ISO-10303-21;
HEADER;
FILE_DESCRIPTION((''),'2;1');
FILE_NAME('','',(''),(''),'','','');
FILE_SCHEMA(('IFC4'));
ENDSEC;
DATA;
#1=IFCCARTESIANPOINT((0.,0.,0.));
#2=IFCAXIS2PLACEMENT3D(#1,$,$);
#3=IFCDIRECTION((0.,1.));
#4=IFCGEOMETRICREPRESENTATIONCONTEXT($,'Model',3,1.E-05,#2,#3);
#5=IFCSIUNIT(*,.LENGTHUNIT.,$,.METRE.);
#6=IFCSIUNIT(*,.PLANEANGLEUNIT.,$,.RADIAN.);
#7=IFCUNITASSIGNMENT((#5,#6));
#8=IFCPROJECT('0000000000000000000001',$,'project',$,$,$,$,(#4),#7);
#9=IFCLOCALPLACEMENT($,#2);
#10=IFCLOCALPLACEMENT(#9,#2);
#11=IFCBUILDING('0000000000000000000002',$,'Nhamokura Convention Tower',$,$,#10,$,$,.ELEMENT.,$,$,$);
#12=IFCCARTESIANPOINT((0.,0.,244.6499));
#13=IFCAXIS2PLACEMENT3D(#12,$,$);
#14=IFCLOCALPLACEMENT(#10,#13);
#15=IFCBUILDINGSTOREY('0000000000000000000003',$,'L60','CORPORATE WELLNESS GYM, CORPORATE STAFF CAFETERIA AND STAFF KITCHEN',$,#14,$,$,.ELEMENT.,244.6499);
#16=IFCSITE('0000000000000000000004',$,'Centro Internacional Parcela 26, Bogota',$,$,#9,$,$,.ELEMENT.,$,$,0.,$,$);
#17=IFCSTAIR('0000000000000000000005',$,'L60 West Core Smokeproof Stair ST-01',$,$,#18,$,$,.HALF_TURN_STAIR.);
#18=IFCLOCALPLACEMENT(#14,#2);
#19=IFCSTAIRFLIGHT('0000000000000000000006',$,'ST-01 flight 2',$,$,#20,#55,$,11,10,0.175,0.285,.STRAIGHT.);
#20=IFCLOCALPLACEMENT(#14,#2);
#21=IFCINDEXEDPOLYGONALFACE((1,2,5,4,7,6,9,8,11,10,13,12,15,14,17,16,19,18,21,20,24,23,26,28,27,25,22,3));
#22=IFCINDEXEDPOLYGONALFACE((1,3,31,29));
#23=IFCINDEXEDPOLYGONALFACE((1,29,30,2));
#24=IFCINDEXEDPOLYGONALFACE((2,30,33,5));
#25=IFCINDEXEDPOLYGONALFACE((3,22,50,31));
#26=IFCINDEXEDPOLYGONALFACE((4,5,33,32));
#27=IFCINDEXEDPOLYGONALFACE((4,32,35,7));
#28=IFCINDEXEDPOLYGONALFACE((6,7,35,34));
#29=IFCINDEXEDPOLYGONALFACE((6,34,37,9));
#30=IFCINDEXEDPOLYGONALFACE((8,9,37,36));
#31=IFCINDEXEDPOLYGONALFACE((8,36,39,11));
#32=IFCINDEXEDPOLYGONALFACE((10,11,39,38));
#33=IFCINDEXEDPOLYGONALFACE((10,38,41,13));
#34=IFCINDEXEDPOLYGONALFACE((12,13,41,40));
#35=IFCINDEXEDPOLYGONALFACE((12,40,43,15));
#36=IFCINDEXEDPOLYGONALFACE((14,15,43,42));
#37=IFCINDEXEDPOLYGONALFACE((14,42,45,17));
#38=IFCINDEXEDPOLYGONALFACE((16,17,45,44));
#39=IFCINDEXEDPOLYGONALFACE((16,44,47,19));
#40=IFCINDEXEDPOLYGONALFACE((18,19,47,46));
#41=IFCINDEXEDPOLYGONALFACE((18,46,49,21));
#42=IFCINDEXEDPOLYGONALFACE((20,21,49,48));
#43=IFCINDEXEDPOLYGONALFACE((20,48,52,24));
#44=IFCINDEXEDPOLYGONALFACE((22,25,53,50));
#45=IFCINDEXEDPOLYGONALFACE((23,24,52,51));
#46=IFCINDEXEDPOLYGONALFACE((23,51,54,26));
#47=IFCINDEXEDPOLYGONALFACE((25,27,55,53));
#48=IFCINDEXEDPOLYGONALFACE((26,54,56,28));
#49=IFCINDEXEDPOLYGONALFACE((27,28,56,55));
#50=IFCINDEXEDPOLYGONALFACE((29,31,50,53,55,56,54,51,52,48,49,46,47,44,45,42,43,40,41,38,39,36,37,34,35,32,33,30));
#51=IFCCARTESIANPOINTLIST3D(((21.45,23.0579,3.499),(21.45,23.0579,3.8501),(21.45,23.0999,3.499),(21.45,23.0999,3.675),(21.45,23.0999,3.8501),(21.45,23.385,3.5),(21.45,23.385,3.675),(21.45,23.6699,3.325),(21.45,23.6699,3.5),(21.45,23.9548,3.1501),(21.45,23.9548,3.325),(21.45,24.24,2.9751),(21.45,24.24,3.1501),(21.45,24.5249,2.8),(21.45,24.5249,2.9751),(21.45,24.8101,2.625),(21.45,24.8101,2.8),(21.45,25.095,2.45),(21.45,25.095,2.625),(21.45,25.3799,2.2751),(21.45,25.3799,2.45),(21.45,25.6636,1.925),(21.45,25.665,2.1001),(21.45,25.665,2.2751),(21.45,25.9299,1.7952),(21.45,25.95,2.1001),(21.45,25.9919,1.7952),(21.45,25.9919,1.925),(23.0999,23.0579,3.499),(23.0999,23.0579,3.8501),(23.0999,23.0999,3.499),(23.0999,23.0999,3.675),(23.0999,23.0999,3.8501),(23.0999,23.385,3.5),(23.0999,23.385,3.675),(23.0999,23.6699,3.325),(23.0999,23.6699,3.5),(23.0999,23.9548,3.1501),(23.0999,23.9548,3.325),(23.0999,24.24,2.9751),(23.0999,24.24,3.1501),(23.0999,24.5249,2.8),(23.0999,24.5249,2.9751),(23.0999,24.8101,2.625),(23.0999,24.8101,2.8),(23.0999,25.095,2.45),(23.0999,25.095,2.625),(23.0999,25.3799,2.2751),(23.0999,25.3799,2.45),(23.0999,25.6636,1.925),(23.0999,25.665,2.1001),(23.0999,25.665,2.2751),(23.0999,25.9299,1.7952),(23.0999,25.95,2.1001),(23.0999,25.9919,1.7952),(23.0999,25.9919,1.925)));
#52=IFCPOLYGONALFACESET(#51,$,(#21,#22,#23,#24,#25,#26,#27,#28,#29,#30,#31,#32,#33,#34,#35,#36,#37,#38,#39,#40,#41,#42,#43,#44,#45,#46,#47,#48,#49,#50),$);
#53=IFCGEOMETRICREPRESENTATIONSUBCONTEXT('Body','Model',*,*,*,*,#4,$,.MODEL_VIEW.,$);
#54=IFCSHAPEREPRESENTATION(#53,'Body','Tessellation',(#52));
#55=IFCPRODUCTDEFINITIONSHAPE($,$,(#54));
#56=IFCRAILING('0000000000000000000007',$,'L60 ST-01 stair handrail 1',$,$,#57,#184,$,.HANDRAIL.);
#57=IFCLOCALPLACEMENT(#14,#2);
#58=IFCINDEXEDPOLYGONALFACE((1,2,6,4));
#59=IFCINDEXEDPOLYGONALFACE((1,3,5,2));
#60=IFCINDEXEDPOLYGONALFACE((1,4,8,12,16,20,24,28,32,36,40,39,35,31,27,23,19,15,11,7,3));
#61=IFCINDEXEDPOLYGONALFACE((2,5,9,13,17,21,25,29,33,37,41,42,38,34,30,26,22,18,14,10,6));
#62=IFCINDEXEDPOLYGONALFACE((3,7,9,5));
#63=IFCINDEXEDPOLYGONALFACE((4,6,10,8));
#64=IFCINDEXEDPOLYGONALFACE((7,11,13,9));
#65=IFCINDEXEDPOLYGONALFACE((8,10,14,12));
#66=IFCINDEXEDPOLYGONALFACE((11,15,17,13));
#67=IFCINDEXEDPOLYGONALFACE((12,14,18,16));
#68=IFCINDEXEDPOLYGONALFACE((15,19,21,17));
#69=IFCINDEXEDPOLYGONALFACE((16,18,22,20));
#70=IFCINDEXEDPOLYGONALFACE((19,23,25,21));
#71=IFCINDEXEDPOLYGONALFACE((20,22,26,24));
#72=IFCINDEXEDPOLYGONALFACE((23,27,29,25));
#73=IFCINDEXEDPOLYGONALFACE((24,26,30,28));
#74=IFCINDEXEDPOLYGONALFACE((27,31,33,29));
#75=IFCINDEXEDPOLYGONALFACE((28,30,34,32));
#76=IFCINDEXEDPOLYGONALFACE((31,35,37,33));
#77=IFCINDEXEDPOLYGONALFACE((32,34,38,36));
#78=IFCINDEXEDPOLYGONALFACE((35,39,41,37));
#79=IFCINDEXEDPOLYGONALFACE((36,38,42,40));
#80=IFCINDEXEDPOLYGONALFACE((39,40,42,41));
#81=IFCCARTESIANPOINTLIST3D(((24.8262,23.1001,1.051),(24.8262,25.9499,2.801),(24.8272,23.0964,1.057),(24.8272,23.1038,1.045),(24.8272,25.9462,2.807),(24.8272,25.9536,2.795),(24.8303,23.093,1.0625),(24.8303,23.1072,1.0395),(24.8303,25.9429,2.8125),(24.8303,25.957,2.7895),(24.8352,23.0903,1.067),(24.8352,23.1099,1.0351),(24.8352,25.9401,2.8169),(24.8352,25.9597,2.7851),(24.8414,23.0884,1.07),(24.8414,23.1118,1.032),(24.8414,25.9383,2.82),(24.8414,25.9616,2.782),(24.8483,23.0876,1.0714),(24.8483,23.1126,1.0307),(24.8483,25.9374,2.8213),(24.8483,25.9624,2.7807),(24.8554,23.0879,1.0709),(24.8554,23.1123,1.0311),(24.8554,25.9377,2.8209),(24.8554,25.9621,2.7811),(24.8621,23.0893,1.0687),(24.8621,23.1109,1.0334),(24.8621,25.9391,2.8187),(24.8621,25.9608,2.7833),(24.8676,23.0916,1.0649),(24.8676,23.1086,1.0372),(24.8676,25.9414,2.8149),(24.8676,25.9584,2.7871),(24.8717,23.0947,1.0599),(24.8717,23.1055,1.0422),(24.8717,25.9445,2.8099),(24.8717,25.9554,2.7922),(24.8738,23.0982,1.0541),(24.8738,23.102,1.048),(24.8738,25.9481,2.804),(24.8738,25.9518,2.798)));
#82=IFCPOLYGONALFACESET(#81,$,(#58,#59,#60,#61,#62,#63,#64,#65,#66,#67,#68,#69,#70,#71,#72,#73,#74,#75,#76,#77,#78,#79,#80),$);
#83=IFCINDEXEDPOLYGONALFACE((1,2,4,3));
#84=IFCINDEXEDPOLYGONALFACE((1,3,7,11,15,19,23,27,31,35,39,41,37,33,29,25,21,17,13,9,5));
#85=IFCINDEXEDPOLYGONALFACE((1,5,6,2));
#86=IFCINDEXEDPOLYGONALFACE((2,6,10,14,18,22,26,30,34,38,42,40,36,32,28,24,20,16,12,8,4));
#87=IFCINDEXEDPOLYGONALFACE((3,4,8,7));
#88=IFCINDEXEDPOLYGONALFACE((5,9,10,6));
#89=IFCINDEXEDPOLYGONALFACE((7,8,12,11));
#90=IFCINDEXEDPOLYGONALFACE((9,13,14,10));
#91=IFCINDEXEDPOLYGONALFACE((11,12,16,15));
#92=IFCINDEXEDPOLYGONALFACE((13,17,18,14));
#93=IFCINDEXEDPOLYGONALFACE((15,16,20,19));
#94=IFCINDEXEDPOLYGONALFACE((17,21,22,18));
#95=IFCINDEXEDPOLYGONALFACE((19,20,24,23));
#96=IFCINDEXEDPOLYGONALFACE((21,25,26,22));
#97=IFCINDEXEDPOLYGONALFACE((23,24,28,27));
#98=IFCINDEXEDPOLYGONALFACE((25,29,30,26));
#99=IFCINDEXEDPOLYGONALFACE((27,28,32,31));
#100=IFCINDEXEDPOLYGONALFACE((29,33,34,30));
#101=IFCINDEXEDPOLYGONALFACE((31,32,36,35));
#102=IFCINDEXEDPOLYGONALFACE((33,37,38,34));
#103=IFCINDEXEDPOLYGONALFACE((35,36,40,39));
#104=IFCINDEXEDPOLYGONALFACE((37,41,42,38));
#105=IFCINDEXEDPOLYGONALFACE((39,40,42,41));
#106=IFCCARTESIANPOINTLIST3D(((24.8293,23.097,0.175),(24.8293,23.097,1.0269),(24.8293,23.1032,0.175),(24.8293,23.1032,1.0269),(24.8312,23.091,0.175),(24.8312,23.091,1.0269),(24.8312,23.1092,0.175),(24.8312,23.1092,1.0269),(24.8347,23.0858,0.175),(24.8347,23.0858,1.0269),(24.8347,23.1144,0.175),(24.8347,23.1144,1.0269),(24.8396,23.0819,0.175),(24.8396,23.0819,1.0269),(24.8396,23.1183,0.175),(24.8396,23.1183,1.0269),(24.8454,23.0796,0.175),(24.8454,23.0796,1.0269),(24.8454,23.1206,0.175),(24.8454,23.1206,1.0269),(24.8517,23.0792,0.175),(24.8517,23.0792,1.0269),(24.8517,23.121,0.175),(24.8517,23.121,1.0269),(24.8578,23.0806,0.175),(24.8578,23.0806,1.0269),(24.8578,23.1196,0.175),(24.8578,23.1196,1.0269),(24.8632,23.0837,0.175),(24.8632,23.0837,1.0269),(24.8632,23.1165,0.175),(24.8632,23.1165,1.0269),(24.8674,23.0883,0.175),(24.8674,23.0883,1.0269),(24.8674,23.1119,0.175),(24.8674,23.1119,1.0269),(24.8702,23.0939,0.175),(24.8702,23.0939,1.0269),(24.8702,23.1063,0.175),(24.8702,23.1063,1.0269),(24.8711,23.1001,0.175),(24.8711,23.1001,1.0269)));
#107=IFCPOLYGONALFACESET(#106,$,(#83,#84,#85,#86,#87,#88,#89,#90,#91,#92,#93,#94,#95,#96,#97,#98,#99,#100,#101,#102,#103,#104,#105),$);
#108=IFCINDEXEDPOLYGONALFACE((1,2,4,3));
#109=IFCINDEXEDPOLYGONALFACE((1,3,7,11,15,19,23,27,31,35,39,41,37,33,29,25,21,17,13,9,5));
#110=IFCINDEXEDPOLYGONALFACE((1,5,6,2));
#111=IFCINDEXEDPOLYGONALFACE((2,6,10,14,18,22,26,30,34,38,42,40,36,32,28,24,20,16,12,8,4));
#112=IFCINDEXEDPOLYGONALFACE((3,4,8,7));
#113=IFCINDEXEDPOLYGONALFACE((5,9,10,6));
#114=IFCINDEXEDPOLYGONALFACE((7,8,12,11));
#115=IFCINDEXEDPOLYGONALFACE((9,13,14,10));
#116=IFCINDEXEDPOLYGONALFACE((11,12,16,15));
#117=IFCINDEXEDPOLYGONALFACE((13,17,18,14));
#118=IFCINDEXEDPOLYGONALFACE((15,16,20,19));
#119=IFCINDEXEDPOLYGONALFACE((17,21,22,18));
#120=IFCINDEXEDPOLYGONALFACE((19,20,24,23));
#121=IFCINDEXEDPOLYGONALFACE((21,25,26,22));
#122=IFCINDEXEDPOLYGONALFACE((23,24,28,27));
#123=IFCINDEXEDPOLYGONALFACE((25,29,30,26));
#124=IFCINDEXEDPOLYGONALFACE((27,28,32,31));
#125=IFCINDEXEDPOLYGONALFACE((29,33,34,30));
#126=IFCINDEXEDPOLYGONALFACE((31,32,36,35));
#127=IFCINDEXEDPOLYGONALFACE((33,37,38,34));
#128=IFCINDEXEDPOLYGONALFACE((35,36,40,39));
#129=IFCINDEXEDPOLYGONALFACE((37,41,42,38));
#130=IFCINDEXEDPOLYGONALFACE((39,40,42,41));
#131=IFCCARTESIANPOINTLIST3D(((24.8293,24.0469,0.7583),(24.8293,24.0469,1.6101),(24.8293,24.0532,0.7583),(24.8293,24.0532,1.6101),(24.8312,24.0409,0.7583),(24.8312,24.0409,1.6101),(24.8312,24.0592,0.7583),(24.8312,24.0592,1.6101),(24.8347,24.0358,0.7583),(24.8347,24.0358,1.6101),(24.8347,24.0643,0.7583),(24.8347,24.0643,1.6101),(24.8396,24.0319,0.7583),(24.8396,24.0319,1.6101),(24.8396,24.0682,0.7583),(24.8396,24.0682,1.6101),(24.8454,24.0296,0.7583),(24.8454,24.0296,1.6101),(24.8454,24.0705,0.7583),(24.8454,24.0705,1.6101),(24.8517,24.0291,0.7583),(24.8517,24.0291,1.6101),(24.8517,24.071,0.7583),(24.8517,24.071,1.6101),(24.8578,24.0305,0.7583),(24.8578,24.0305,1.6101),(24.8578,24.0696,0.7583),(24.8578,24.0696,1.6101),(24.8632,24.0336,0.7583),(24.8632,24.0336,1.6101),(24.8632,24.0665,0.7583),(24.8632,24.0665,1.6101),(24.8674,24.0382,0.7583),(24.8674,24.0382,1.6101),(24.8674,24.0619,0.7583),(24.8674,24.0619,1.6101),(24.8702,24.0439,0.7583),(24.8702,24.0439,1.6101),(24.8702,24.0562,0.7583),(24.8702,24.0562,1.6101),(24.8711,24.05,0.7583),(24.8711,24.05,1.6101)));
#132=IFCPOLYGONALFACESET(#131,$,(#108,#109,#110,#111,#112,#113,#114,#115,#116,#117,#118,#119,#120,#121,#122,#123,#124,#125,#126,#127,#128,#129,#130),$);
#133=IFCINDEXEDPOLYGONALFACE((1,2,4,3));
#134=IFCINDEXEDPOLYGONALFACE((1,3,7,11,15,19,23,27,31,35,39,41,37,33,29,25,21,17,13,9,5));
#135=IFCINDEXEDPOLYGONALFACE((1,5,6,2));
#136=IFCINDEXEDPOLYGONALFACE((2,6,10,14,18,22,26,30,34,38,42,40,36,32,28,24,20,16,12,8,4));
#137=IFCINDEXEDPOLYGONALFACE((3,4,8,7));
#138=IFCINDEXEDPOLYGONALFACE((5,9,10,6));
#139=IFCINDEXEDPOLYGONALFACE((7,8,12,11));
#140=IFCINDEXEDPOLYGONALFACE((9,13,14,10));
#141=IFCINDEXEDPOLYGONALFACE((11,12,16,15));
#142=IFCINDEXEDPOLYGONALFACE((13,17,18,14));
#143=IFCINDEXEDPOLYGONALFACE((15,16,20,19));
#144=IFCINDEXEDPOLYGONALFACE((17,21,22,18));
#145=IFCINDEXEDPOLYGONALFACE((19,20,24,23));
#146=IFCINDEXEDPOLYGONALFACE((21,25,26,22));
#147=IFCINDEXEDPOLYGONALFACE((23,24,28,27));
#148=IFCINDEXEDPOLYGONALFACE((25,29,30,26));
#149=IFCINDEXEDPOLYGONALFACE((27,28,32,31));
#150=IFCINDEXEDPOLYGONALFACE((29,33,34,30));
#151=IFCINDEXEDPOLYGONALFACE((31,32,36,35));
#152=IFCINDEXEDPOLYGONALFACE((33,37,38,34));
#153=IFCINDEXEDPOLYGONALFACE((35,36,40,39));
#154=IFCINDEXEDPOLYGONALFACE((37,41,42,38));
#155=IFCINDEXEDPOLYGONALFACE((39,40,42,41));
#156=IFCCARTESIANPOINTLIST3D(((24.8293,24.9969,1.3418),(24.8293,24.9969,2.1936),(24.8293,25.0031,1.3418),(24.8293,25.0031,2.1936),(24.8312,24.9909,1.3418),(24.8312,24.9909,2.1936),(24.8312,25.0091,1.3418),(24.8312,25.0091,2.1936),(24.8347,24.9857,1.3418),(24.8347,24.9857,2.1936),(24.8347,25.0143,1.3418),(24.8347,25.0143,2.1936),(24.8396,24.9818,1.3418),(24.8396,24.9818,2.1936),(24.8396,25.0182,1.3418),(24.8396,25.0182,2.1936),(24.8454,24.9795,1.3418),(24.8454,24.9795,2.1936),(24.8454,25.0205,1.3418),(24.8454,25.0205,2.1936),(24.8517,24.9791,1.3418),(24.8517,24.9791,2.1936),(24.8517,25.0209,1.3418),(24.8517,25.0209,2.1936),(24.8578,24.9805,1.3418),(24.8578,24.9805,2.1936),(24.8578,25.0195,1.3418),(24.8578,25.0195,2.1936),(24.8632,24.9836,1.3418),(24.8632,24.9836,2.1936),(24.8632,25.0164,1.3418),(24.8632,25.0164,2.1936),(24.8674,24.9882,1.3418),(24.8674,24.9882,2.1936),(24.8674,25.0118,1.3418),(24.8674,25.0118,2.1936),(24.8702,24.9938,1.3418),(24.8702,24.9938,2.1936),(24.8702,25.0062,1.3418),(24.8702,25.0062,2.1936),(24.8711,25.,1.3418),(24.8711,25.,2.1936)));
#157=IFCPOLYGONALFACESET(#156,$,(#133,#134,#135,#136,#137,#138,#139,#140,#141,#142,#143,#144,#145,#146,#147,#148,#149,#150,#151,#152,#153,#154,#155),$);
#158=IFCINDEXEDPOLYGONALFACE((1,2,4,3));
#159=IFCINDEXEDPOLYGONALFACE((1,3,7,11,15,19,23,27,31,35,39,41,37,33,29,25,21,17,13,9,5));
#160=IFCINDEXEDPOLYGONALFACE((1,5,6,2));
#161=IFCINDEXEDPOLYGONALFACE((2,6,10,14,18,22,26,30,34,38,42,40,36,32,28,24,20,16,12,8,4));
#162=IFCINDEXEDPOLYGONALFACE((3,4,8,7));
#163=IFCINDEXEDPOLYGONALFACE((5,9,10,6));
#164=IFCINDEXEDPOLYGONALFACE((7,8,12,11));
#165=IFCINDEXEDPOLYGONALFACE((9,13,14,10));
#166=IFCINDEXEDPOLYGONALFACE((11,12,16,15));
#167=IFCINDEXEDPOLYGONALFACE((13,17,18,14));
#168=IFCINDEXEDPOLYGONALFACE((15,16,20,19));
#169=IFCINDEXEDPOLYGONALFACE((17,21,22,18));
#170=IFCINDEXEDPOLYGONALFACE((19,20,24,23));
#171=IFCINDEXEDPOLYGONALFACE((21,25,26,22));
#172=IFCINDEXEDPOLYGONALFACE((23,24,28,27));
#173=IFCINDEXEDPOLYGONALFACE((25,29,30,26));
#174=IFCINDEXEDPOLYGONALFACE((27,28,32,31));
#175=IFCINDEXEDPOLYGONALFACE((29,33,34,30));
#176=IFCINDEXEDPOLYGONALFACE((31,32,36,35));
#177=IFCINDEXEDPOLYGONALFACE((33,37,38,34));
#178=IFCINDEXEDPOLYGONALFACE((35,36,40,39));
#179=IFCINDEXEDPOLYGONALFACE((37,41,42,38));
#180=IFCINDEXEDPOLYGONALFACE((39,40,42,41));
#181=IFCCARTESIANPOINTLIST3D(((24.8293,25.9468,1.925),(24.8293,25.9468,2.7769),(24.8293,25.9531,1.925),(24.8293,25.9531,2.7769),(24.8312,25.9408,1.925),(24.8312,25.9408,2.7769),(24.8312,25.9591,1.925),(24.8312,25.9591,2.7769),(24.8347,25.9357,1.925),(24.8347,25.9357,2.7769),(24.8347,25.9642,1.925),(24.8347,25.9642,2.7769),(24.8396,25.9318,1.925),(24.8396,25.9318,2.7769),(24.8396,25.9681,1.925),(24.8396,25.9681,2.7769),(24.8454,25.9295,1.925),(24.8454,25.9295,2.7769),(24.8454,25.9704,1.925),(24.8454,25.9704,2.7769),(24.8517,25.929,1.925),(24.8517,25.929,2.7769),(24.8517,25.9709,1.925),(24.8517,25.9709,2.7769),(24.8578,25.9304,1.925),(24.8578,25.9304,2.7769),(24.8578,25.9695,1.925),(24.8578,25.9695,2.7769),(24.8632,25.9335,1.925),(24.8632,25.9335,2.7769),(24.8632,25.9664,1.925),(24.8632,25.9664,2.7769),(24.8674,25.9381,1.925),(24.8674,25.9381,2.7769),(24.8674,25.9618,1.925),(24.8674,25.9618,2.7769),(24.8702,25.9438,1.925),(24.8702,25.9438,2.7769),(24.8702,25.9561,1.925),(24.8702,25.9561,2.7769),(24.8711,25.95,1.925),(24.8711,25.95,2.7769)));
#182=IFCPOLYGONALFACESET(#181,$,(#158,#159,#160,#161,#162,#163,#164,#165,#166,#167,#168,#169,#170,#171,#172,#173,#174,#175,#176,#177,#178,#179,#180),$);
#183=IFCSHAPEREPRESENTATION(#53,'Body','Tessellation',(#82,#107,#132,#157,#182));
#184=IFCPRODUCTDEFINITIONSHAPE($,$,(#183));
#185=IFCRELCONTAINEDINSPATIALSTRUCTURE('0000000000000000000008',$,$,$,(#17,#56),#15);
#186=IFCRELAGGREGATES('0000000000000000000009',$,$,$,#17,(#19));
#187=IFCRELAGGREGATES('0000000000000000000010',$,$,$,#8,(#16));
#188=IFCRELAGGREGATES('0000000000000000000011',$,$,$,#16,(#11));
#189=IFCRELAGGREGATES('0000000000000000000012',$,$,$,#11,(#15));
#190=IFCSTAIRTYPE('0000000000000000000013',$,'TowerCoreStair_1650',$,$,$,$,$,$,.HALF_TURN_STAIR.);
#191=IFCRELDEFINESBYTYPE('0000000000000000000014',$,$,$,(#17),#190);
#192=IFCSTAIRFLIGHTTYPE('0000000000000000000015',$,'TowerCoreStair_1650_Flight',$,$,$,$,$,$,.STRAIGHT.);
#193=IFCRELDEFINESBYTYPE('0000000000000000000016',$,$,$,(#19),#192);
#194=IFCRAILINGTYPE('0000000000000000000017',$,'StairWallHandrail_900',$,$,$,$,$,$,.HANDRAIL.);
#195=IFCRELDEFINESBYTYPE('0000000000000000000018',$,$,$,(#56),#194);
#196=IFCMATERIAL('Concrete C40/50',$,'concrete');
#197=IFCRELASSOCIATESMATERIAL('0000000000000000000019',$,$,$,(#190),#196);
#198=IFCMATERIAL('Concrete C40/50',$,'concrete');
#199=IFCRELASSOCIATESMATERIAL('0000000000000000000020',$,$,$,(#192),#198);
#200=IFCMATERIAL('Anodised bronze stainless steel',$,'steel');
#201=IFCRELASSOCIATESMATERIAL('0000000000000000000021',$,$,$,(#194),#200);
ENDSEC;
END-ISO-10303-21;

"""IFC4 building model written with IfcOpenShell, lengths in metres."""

from ifc_helpers import new_model, si_unit, direction, frame, origin, origin_2d, place, context, subcontext, project, spatial, polyline, circle, outline, extrude, material, type_object, element, aggregate, save


model = new_model("IFC4")

# Units and contexts
model_context = context("Model", 3, precision=1e-05, world=origin(), true_north=direction((0.0, 1.0)))
body_context = subcontext(model_context, "Body", "Model", "MODEL_VIEW")
ifc_project = project(units=[si_unit("LENGTHUNIT", "METRE"), si_unit("PLANEANGLEUNIT", "RADIAN")], contexts=[model_context])

# Site, building, storey
site_placement = place(None, origin())
site = spatial("IfcSite", under=ifc_project, at=site_placement, Name="Centro Internacional Parcela 26, Bogota", CompositionType="ELEMENT", RefElevation=0.0)
building_placement = place(site_placement, origin())
building = spatial("IfcBuilding", under=site, at=building_placement, Name="Nhamokura Convention Tower", CompositionType="ELEMENT")
storey_placement = place(building_placement, frame((0.0, 0.0, 244.6499)))
storey = spatial("IfcBuildingStorey", under=building, at=storey_placement, Name="L60", Description="CORPORATE WELLNESS GYM, CORPORATE STAFF CAFETERIA AND STAFF KITCHEN", CompositionType="ELEMENT", Elevation=244.6499)

# Stair, stair flight
ifc_material_1 = material(Name="Concrete C40/50", Category="concrete")
stair_type = type_object("IfcStairType", Name="TowerCoreStair_1650", PredefinedType="HALF_TURN_STAIR", material=ifc_material_1)
stair_placement = place(storey_placement, origin())
stair = element("IfcStair", 1, at=stair_placement, inside=storey, type_object=stair_type, Name="L60 West Core Smokeproof Stair ST-01", PredefinedType="HALF_TURN_STAIR")
ifc_material_2 = material(Name="Concrete C40/50", Category="concrete")
stair_flight_type = type_object("IfcStairFlightType", Name="TowerCoreStair_1650_Flight", PredefinedType="STRAIGHT", material=ifc_material_2)
stair_flight_1_placement = place(storey_placement, frame((22.2749, 25.95, 1.925), z_axis=(0.0, 0.0, 1.0), x_axis=(0.0, -1.0, 0.0)))
stair_flight_1 = element("IfcStairFlight", 2, at=stair_flight_1_placement, type_object=stair_flight_type, Name="ST-01 flight 2", NumberOfRisers=11, NumberOfTreads=10, PredefinedType="STRAIGHT", RiserHeight=0.175, TreadLength=0.285, context=body_context, shape_type="SweptSolid", body=[
    extrude(outline(polyline([(-0.042, 0.0), (0.0, 0.175), (0.2849, 0.175), (0.2849, 0.3501), (0.5701, 0.3501), (0.5701, 0.5249), (0.855, 0.5249), (0.855, 0.7), (1.1399, 0.7), (1.1399, 0.875), (1.425, 0.875), (1.425, 1.05), (1.71, 1.05), (1.71, 1.2251), (1.9951, 1.2251), (1.9951, 1.3999), (2.28, 1.3999), (2.28, 1.575), (2.5649, 1.575), (2.5649, 1.75), (2.8501, 1.75), (2.8501, 1.925), (2.8921, 1.925), (2.8921, 1.574), (2.8501, 1.574), (0.2864, 0.0), (0.02, -0.1299), (-0.042, -0.1299), (-0.042, 0.0)])), frame((0.0, 0.825, 0.0), z_axis=(0.0, -1.0, 0.0), x_axis=(1.0, 0.0, 0.0)), (0.0, 0.0, 1.0), 1.6499),
])
aggregate(stair, [stair_flight_1])

# Railing
ifc_material_3 = material(Name="Anodised bronze stainless steel", Category="steel")
railing_type_1 = type_object("IfcRailingType", Name="StairWallHandrail_900", PredefinedType="HANDRAIL", material=ifc_material_3)
railing_1_placement = place(storey_placement, frame((24.8501, 23.1001, 0.175)))
element("IfcRailing", 3, at=railing_1_placement, inside=storey, type_object=railing_type_1, Name="L60 ST-01 stair handrail 1", PredefinedType="HANDRAIL", context=body_context, shape_type="SweptSolid", body=[
    extrude(circle(Radius=0.0239, at=origin_2d()), frame((0.0, 0.0, 0.876), z_axis=(0.0, 0.852159, 0.523283), x_axis=(-1.0, 0.0, 0.0)), (0.0, 0.0, 1.0), 3.3442),
    extrude(circle(Radius=0.021, at=origin_2d()), origin(), (0.0, 0.0, 1.0), 0.8518),
    extrude(circle(Radius=0.021, at=origin_2d()), frame((0.0, 0.95, 0.5833)), (0.0, 0.0, 1.0), 0.8518),
    extrude(circle(Radius=0.021, at=origin_2d()), frame((0.0, 1.8999, 1.1667)), (0.0, 0.0, 1.0), 0.8518),
    extrude(circle(Radius=0.021, at=origin_2d()), frame((0.0, 2.8499, 1.75)), (0.0, 0.0, 1.0), 0.8518),
])

save(model, "model.ifc")
